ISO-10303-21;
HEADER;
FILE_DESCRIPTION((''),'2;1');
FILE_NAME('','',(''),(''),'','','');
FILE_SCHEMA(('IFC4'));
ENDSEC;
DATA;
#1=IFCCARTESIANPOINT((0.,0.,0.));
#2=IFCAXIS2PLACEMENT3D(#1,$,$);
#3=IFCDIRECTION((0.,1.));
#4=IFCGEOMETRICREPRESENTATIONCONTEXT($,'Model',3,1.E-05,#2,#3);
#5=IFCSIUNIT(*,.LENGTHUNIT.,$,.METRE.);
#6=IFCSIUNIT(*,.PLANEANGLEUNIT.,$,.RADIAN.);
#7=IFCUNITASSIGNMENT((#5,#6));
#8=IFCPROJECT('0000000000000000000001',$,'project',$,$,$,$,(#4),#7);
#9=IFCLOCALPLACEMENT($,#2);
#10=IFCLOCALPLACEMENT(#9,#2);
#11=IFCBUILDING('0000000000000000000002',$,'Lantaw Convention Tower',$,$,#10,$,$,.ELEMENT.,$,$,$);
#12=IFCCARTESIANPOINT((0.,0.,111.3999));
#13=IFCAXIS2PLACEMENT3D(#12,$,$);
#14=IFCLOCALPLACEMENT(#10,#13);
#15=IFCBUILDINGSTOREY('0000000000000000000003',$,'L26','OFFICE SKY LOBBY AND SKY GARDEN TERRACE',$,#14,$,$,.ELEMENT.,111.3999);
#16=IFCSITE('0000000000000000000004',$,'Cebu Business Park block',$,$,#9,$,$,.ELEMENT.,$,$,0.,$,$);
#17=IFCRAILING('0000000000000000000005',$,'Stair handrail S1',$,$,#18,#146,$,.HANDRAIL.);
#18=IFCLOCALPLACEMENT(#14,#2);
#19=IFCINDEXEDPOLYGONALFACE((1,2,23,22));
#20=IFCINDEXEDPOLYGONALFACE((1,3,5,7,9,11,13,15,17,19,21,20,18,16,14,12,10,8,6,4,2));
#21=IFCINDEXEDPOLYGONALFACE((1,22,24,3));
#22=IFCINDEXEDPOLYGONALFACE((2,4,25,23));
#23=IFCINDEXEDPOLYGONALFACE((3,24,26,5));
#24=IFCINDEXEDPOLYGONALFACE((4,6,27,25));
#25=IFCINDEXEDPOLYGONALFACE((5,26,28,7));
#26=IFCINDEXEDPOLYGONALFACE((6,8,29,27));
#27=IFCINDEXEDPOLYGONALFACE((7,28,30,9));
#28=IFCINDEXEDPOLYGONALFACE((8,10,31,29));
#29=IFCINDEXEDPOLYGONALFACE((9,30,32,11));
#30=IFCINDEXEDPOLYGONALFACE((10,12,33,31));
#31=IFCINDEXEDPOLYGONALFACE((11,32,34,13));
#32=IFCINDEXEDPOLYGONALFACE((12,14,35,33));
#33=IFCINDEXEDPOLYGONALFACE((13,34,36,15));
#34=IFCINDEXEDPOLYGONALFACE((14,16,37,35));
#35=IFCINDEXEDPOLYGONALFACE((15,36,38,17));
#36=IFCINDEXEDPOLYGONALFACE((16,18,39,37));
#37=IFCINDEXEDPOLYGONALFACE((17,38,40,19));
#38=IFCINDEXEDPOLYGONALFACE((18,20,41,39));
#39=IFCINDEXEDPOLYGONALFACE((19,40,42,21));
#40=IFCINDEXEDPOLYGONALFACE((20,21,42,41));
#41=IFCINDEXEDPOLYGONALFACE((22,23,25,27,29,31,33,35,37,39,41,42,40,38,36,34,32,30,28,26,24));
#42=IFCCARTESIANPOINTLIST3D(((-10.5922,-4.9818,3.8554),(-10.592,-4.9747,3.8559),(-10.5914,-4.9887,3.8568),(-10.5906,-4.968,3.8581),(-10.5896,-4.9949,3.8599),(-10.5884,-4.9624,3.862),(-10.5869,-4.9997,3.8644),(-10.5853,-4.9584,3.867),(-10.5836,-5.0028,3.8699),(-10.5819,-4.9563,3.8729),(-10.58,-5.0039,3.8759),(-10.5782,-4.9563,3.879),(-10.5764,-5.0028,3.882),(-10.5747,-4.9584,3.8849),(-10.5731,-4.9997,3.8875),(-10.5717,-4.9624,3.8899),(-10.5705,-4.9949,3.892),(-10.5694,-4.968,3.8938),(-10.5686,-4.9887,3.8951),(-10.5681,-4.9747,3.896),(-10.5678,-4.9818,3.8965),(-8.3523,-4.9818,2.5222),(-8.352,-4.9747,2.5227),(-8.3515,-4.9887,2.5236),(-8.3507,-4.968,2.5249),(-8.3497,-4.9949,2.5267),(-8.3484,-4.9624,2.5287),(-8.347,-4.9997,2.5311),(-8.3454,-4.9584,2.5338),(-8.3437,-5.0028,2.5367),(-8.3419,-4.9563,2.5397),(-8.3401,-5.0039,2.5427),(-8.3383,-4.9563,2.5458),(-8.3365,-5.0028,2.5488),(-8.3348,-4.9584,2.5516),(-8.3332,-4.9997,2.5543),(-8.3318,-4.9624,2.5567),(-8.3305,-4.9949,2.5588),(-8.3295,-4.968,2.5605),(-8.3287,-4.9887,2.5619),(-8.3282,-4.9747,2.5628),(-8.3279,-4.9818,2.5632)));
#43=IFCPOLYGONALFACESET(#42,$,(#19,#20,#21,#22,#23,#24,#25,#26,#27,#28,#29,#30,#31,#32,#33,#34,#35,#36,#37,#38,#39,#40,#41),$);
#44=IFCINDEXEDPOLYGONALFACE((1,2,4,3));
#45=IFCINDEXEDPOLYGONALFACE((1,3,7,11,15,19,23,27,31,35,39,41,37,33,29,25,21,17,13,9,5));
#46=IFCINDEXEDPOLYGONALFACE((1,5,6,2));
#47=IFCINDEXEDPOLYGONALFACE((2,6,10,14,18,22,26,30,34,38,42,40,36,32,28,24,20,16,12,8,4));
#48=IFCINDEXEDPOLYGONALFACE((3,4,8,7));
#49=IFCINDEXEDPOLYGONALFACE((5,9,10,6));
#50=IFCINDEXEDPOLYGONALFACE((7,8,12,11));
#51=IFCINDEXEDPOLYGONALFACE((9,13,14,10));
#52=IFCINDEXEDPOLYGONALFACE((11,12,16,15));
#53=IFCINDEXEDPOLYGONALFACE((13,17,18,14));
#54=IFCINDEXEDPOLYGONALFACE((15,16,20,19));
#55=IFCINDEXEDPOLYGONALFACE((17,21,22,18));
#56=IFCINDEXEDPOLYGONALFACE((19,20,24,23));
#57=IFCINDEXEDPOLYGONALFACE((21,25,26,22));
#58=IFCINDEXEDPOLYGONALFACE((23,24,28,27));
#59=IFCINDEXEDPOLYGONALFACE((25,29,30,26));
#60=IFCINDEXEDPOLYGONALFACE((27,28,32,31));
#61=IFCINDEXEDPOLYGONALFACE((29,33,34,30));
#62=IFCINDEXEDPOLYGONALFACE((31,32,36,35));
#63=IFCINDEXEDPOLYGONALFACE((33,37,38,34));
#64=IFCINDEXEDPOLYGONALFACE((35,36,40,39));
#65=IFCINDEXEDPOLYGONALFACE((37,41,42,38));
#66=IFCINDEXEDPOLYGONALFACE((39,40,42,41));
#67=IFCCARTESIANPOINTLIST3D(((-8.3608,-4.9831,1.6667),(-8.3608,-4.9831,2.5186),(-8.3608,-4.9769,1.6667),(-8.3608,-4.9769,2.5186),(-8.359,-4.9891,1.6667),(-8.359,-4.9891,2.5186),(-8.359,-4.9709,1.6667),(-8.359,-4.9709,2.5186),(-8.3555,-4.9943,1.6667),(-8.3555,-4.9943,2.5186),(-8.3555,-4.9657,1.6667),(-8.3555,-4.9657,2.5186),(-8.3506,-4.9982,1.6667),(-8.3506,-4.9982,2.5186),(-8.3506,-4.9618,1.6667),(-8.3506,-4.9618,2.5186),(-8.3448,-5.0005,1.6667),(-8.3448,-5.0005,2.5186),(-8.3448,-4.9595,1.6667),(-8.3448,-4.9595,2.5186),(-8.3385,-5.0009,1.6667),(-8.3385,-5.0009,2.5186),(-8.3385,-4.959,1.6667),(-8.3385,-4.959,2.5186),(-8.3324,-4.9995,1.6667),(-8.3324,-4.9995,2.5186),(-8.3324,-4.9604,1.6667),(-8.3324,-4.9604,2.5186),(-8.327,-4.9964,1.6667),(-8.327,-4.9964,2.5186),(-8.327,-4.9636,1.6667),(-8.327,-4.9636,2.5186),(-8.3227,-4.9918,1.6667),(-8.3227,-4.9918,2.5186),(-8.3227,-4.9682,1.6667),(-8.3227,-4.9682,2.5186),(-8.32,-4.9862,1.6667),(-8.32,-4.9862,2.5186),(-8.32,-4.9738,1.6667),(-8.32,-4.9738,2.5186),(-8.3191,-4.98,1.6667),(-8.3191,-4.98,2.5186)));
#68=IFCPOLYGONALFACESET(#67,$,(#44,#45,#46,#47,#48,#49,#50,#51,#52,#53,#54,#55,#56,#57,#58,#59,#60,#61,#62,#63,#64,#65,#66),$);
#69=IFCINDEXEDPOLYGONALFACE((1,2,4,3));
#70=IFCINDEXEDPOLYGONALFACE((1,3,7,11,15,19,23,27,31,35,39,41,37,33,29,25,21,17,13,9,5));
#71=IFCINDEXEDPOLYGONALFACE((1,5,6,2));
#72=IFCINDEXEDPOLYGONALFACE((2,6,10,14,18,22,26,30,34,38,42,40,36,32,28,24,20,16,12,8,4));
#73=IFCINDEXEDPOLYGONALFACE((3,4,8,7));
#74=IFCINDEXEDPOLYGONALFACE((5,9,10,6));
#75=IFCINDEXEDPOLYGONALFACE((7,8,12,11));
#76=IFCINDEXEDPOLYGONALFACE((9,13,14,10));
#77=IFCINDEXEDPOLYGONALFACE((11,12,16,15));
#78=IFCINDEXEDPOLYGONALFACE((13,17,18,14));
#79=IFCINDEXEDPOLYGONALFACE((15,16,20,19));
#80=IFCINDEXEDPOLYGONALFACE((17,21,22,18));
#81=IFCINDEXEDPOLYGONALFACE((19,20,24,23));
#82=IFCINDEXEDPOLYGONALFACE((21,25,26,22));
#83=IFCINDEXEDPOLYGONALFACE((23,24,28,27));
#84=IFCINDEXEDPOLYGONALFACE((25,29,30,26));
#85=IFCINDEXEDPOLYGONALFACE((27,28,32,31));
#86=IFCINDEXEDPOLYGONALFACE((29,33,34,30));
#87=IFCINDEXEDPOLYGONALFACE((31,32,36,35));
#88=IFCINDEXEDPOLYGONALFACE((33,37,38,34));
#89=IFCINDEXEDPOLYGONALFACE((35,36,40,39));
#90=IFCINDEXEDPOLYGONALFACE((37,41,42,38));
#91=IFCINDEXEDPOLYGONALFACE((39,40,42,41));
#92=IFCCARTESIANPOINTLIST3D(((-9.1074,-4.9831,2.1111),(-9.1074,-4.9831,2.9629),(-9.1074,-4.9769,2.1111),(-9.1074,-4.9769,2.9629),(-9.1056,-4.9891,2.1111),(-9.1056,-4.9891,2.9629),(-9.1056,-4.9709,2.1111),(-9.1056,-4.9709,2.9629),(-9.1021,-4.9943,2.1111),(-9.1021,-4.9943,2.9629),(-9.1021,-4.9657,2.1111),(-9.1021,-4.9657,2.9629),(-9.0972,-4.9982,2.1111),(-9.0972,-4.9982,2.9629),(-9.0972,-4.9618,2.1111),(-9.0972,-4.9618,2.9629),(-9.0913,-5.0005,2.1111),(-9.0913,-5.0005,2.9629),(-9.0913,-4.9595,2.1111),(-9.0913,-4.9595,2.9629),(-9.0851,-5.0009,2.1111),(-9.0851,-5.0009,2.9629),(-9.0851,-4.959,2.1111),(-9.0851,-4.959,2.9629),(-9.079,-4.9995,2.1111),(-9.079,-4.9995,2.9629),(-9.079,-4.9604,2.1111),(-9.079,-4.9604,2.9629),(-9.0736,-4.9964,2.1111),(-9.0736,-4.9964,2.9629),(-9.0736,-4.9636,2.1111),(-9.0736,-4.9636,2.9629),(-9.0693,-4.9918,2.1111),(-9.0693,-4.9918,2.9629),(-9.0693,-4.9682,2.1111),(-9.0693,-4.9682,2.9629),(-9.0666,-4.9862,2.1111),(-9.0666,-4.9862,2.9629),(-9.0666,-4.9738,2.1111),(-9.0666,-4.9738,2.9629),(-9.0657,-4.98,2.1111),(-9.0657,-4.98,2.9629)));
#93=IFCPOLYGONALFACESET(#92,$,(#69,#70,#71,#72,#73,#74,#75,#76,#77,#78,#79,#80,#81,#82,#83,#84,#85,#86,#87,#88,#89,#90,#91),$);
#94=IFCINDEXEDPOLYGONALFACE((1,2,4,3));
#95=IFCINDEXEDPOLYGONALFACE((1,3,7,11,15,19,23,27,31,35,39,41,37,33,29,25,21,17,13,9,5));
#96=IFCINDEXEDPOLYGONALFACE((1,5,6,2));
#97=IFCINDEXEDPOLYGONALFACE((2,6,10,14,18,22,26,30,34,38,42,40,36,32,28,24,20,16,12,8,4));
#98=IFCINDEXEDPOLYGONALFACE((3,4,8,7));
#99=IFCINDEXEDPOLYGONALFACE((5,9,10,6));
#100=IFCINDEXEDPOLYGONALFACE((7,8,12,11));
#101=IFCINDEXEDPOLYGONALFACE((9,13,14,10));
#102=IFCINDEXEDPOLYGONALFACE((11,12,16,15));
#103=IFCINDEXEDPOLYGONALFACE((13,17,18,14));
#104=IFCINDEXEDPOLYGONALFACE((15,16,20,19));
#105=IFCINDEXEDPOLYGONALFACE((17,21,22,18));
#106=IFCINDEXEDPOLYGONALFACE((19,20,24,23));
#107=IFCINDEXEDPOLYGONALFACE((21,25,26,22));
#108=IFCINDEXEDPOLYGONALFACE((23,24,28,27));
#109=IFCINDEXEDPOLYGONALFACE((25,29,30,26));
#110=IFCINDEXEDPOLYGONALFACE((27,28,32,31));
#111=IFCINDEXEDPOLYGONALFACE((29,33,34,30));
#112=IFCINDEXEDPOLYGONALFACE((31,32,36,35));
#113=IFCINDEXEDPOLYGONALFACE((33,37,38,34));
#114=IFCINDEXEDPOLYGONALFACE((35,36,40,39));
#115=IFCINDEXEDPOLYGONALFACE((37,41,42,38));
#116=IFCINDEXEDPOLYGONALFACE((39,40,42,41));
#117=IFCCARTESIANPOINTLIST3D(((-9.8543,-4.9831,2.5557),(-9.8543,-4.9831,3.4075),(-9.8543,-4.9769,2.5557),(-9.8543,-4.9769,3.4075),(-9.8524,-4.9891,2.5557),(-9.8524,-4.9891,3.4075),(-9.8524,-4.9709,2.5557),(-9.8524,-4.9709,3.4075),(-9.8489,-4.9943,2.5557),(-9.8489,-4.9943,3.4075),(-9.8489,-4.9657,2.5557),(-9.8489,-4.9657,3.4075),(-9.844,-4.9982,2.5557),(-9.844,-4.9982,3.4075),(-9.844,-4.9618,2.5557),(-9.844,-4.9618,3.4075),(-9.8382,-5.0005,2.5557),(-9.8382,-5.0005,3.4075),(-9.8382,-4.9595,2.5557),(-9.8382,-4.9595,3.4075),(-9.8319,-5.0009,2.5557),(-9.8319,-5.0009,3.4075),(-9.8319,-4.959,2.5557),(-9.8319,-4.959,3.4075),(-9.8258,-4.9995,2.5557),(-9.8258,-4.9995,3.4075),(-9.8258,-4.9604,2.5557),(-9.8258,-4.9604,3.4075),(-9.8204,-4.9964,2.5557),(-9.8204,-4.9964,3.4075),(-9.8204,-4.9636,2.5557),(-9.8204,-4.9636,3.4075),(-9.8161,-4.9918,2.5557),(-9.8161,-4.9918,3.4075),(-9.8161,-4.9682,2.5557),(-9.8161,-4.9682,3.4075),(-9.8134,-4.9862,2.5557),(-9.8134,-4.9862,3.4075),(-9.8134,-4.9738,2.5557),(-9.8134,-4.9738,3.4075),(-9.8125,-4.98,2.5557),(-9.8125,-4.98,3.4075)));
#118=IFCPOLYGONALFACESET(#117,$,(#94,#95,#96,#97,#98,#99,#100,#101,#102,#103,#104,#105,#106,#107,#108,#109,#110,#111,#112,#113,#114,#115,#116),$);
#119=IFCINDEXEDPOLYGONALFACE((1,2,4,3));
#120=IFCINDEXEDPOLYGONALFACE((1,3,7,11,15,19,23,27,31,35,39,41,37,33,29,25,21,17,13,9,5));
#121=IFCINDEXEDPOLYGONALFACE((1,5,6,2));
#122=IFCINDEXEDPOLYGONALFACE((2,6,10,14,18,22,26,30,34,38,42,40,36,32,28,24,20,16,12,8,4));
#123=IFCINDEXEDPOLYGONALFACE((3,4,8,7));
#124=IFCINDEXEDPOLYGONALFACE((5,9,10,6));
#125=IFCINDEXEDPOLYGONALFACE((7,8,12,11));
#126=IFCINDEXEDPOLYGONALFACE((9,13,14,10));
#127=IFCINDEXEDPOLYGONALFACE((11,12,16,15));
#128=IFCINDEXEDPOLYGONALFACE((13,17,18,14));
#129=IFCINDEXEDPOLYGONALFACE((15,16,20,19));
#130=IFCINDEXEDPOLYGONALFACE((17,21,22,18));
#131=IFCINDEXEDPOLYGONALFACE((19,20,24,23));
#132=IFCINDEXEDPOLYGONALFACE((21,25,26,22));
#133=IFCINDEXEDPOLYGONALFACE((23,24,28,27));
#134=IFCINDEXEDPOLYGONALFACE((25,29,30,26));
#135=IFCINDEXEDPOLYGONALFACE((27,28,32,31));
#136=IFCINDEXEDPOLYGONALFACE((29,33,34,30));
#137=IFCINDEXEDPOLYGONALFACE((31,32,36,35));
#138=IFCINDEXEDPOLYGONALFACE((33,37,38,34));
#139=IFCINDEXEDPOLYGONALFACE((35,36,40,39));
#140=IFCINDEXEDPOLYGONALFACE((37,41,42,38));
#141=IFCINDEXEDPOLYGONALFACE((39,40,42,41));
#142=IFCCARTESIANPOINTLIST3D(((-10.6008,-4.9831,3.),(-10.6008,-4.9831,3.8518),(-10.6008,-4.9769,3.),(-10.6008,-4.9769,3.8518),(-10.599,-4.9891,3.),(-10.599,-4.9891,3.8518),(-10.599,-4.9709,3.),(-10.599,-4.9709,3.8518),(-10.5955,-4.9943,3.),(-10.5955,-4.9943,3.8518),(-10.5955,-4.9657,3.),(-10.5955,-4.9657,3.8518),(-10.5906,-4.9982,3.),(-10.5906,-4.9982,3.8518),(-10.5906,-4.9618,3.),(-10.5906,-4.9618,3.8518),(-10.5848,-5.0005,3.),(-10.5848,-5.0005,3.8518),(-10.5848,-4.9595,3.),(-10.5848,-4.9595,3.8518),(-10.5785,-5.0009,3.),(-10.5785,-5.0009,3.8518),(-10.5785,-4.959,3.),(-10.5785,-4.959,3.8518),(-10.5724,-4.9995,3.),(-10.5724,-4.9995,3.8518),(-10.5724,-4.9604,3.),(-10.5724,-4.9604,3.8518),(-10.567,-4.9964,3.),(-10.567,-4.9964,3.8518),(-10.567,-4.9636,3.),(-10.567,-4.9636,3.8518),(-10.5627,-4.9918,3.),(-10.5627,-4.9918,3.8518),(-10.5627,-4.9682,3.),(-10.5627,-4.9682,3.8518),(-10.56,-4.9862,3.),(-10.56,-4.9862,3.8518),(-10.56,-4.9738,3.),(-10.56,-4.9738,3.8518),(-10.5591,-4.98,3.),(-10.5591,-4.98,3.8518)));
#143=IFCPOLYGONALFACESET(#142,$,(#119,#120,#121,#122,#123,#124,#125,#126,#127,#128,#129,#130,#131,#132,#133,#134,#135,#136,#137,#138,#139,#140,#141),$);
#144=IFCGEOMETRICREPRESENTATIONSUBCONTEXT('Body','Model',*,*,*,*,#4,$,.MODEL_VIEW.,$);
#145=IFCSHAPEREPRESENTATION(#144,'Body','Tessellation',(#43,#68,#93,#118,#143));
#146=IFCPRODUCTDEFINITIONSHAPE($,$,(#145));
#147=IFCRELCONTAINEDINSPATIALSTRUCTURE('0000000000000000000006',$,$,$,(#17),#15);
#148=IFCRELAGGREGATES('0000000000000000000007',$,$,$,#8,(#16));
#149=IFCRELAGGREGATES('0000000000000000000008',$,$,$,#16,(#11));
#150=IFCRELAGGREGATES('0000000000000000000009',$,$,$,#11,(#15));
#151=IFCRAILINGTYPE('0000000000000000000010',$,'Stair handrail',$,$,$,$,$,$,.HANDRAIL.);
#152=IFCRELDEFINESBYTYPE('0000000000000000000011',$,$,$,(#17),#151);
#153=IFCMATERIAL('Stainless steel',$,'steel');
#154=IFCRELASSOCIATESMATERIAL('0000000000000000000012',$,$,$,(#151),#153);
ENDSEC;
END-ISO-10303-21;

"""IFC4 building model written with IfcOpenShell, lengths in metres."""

from ifc_helpers import new_model, si_unit, direction, frame, origin, origin_2d, place, context, subcontext, project, spatial, circle, extrude, material, type_object, element, save


model = new_model("IFC4")

# Units and contexts
model_context = context("Model", 3, precision=1e-05, world=origin(), true_north=direction((0.0, 1.0)))
body_context = subcontext(model_context, "Body", "Model", "MODEL_VIEW")
ifc_project = project(units=[si_unit("LENGTHUNIT", "METRE"), si_unit("PLANEANGLEUNIT", "RADIAN")], contexts=[model_context])

# Site, building, storey
site_placement = place(None, origin())
site = spatial("IfcSite", under=ifc_project, at=site_placement, Name="Cebu Business Park block", CompositionType="ELEMENT", RefElevation=0.0)
building_placement = place(site_placement, origin())
building = spatial("IfcBuilding", under=site, at=building_placement, Name="Lantaw Convention Tower", CompositionType="ELEMENT")
storey_placement = place(building_placement, frame((0.0, 0.0, 111.3999)))
storey = spatial("IfcBuildingStorey", under=building, at=storey_placement, Name="L26", Description="OFFICE SKY LOBBY AND SKY GARDEN TERRACE", CompositionType="ELEMENT", Elevation=111.3999)

# Shared definitions
ifc_material_1 = material(Name="Stainless steel", Category="steel")

# Railing
railing_type = type_object("IfcRailingType", Name="Stair handrail", PredefinedType="HANDRAIL", material=ifc_material_1)
railing_1_placement = place(storey_placement, frame((-8.3401, -4.98, 1.6667)))
element("IfcRailing", 1, at=railing_1_placement, inside=storey, type_object=railing_type, Name="Stair handrail S1", PredefinedType="HANDRAIL", context=body_context, shape_type="SweptSolid", body=[
    extrude(circle(Radius=0.0239, at=origin_2d()), frame((0.0, 0.0, 0.876), z_axis=(-0.859306, 0.0, 0.511462), x_axis=(0.0, -1.0, 0.0)), (0.0, 0.0, 1.0), 2.6067),
    extrude(circle(Radius=0.021, at=origin_2d()), origin(), (0.0, 0.0, 1.0), 0.8518),
    extrude(circle(Radius=0.021, at=origin_2d()), frame((-0.7466, 0.0, 0.4443)), (0.0, 0.0, 1.0), 0.8518),
    extrude(circle(Radius=0.021, at=origin_2d()), frame((-1.4934, 0.0, 0.8889)), (0.0, 0.0, 1.0), 0.8518),
    extrude(circle(Radius=0.021, at=origin_2d()), frame((-2.24, 0.0, 1.3333)), (0.0, 0.0, 1.0), 0.8518),
])

save(model, "model.ifc")
